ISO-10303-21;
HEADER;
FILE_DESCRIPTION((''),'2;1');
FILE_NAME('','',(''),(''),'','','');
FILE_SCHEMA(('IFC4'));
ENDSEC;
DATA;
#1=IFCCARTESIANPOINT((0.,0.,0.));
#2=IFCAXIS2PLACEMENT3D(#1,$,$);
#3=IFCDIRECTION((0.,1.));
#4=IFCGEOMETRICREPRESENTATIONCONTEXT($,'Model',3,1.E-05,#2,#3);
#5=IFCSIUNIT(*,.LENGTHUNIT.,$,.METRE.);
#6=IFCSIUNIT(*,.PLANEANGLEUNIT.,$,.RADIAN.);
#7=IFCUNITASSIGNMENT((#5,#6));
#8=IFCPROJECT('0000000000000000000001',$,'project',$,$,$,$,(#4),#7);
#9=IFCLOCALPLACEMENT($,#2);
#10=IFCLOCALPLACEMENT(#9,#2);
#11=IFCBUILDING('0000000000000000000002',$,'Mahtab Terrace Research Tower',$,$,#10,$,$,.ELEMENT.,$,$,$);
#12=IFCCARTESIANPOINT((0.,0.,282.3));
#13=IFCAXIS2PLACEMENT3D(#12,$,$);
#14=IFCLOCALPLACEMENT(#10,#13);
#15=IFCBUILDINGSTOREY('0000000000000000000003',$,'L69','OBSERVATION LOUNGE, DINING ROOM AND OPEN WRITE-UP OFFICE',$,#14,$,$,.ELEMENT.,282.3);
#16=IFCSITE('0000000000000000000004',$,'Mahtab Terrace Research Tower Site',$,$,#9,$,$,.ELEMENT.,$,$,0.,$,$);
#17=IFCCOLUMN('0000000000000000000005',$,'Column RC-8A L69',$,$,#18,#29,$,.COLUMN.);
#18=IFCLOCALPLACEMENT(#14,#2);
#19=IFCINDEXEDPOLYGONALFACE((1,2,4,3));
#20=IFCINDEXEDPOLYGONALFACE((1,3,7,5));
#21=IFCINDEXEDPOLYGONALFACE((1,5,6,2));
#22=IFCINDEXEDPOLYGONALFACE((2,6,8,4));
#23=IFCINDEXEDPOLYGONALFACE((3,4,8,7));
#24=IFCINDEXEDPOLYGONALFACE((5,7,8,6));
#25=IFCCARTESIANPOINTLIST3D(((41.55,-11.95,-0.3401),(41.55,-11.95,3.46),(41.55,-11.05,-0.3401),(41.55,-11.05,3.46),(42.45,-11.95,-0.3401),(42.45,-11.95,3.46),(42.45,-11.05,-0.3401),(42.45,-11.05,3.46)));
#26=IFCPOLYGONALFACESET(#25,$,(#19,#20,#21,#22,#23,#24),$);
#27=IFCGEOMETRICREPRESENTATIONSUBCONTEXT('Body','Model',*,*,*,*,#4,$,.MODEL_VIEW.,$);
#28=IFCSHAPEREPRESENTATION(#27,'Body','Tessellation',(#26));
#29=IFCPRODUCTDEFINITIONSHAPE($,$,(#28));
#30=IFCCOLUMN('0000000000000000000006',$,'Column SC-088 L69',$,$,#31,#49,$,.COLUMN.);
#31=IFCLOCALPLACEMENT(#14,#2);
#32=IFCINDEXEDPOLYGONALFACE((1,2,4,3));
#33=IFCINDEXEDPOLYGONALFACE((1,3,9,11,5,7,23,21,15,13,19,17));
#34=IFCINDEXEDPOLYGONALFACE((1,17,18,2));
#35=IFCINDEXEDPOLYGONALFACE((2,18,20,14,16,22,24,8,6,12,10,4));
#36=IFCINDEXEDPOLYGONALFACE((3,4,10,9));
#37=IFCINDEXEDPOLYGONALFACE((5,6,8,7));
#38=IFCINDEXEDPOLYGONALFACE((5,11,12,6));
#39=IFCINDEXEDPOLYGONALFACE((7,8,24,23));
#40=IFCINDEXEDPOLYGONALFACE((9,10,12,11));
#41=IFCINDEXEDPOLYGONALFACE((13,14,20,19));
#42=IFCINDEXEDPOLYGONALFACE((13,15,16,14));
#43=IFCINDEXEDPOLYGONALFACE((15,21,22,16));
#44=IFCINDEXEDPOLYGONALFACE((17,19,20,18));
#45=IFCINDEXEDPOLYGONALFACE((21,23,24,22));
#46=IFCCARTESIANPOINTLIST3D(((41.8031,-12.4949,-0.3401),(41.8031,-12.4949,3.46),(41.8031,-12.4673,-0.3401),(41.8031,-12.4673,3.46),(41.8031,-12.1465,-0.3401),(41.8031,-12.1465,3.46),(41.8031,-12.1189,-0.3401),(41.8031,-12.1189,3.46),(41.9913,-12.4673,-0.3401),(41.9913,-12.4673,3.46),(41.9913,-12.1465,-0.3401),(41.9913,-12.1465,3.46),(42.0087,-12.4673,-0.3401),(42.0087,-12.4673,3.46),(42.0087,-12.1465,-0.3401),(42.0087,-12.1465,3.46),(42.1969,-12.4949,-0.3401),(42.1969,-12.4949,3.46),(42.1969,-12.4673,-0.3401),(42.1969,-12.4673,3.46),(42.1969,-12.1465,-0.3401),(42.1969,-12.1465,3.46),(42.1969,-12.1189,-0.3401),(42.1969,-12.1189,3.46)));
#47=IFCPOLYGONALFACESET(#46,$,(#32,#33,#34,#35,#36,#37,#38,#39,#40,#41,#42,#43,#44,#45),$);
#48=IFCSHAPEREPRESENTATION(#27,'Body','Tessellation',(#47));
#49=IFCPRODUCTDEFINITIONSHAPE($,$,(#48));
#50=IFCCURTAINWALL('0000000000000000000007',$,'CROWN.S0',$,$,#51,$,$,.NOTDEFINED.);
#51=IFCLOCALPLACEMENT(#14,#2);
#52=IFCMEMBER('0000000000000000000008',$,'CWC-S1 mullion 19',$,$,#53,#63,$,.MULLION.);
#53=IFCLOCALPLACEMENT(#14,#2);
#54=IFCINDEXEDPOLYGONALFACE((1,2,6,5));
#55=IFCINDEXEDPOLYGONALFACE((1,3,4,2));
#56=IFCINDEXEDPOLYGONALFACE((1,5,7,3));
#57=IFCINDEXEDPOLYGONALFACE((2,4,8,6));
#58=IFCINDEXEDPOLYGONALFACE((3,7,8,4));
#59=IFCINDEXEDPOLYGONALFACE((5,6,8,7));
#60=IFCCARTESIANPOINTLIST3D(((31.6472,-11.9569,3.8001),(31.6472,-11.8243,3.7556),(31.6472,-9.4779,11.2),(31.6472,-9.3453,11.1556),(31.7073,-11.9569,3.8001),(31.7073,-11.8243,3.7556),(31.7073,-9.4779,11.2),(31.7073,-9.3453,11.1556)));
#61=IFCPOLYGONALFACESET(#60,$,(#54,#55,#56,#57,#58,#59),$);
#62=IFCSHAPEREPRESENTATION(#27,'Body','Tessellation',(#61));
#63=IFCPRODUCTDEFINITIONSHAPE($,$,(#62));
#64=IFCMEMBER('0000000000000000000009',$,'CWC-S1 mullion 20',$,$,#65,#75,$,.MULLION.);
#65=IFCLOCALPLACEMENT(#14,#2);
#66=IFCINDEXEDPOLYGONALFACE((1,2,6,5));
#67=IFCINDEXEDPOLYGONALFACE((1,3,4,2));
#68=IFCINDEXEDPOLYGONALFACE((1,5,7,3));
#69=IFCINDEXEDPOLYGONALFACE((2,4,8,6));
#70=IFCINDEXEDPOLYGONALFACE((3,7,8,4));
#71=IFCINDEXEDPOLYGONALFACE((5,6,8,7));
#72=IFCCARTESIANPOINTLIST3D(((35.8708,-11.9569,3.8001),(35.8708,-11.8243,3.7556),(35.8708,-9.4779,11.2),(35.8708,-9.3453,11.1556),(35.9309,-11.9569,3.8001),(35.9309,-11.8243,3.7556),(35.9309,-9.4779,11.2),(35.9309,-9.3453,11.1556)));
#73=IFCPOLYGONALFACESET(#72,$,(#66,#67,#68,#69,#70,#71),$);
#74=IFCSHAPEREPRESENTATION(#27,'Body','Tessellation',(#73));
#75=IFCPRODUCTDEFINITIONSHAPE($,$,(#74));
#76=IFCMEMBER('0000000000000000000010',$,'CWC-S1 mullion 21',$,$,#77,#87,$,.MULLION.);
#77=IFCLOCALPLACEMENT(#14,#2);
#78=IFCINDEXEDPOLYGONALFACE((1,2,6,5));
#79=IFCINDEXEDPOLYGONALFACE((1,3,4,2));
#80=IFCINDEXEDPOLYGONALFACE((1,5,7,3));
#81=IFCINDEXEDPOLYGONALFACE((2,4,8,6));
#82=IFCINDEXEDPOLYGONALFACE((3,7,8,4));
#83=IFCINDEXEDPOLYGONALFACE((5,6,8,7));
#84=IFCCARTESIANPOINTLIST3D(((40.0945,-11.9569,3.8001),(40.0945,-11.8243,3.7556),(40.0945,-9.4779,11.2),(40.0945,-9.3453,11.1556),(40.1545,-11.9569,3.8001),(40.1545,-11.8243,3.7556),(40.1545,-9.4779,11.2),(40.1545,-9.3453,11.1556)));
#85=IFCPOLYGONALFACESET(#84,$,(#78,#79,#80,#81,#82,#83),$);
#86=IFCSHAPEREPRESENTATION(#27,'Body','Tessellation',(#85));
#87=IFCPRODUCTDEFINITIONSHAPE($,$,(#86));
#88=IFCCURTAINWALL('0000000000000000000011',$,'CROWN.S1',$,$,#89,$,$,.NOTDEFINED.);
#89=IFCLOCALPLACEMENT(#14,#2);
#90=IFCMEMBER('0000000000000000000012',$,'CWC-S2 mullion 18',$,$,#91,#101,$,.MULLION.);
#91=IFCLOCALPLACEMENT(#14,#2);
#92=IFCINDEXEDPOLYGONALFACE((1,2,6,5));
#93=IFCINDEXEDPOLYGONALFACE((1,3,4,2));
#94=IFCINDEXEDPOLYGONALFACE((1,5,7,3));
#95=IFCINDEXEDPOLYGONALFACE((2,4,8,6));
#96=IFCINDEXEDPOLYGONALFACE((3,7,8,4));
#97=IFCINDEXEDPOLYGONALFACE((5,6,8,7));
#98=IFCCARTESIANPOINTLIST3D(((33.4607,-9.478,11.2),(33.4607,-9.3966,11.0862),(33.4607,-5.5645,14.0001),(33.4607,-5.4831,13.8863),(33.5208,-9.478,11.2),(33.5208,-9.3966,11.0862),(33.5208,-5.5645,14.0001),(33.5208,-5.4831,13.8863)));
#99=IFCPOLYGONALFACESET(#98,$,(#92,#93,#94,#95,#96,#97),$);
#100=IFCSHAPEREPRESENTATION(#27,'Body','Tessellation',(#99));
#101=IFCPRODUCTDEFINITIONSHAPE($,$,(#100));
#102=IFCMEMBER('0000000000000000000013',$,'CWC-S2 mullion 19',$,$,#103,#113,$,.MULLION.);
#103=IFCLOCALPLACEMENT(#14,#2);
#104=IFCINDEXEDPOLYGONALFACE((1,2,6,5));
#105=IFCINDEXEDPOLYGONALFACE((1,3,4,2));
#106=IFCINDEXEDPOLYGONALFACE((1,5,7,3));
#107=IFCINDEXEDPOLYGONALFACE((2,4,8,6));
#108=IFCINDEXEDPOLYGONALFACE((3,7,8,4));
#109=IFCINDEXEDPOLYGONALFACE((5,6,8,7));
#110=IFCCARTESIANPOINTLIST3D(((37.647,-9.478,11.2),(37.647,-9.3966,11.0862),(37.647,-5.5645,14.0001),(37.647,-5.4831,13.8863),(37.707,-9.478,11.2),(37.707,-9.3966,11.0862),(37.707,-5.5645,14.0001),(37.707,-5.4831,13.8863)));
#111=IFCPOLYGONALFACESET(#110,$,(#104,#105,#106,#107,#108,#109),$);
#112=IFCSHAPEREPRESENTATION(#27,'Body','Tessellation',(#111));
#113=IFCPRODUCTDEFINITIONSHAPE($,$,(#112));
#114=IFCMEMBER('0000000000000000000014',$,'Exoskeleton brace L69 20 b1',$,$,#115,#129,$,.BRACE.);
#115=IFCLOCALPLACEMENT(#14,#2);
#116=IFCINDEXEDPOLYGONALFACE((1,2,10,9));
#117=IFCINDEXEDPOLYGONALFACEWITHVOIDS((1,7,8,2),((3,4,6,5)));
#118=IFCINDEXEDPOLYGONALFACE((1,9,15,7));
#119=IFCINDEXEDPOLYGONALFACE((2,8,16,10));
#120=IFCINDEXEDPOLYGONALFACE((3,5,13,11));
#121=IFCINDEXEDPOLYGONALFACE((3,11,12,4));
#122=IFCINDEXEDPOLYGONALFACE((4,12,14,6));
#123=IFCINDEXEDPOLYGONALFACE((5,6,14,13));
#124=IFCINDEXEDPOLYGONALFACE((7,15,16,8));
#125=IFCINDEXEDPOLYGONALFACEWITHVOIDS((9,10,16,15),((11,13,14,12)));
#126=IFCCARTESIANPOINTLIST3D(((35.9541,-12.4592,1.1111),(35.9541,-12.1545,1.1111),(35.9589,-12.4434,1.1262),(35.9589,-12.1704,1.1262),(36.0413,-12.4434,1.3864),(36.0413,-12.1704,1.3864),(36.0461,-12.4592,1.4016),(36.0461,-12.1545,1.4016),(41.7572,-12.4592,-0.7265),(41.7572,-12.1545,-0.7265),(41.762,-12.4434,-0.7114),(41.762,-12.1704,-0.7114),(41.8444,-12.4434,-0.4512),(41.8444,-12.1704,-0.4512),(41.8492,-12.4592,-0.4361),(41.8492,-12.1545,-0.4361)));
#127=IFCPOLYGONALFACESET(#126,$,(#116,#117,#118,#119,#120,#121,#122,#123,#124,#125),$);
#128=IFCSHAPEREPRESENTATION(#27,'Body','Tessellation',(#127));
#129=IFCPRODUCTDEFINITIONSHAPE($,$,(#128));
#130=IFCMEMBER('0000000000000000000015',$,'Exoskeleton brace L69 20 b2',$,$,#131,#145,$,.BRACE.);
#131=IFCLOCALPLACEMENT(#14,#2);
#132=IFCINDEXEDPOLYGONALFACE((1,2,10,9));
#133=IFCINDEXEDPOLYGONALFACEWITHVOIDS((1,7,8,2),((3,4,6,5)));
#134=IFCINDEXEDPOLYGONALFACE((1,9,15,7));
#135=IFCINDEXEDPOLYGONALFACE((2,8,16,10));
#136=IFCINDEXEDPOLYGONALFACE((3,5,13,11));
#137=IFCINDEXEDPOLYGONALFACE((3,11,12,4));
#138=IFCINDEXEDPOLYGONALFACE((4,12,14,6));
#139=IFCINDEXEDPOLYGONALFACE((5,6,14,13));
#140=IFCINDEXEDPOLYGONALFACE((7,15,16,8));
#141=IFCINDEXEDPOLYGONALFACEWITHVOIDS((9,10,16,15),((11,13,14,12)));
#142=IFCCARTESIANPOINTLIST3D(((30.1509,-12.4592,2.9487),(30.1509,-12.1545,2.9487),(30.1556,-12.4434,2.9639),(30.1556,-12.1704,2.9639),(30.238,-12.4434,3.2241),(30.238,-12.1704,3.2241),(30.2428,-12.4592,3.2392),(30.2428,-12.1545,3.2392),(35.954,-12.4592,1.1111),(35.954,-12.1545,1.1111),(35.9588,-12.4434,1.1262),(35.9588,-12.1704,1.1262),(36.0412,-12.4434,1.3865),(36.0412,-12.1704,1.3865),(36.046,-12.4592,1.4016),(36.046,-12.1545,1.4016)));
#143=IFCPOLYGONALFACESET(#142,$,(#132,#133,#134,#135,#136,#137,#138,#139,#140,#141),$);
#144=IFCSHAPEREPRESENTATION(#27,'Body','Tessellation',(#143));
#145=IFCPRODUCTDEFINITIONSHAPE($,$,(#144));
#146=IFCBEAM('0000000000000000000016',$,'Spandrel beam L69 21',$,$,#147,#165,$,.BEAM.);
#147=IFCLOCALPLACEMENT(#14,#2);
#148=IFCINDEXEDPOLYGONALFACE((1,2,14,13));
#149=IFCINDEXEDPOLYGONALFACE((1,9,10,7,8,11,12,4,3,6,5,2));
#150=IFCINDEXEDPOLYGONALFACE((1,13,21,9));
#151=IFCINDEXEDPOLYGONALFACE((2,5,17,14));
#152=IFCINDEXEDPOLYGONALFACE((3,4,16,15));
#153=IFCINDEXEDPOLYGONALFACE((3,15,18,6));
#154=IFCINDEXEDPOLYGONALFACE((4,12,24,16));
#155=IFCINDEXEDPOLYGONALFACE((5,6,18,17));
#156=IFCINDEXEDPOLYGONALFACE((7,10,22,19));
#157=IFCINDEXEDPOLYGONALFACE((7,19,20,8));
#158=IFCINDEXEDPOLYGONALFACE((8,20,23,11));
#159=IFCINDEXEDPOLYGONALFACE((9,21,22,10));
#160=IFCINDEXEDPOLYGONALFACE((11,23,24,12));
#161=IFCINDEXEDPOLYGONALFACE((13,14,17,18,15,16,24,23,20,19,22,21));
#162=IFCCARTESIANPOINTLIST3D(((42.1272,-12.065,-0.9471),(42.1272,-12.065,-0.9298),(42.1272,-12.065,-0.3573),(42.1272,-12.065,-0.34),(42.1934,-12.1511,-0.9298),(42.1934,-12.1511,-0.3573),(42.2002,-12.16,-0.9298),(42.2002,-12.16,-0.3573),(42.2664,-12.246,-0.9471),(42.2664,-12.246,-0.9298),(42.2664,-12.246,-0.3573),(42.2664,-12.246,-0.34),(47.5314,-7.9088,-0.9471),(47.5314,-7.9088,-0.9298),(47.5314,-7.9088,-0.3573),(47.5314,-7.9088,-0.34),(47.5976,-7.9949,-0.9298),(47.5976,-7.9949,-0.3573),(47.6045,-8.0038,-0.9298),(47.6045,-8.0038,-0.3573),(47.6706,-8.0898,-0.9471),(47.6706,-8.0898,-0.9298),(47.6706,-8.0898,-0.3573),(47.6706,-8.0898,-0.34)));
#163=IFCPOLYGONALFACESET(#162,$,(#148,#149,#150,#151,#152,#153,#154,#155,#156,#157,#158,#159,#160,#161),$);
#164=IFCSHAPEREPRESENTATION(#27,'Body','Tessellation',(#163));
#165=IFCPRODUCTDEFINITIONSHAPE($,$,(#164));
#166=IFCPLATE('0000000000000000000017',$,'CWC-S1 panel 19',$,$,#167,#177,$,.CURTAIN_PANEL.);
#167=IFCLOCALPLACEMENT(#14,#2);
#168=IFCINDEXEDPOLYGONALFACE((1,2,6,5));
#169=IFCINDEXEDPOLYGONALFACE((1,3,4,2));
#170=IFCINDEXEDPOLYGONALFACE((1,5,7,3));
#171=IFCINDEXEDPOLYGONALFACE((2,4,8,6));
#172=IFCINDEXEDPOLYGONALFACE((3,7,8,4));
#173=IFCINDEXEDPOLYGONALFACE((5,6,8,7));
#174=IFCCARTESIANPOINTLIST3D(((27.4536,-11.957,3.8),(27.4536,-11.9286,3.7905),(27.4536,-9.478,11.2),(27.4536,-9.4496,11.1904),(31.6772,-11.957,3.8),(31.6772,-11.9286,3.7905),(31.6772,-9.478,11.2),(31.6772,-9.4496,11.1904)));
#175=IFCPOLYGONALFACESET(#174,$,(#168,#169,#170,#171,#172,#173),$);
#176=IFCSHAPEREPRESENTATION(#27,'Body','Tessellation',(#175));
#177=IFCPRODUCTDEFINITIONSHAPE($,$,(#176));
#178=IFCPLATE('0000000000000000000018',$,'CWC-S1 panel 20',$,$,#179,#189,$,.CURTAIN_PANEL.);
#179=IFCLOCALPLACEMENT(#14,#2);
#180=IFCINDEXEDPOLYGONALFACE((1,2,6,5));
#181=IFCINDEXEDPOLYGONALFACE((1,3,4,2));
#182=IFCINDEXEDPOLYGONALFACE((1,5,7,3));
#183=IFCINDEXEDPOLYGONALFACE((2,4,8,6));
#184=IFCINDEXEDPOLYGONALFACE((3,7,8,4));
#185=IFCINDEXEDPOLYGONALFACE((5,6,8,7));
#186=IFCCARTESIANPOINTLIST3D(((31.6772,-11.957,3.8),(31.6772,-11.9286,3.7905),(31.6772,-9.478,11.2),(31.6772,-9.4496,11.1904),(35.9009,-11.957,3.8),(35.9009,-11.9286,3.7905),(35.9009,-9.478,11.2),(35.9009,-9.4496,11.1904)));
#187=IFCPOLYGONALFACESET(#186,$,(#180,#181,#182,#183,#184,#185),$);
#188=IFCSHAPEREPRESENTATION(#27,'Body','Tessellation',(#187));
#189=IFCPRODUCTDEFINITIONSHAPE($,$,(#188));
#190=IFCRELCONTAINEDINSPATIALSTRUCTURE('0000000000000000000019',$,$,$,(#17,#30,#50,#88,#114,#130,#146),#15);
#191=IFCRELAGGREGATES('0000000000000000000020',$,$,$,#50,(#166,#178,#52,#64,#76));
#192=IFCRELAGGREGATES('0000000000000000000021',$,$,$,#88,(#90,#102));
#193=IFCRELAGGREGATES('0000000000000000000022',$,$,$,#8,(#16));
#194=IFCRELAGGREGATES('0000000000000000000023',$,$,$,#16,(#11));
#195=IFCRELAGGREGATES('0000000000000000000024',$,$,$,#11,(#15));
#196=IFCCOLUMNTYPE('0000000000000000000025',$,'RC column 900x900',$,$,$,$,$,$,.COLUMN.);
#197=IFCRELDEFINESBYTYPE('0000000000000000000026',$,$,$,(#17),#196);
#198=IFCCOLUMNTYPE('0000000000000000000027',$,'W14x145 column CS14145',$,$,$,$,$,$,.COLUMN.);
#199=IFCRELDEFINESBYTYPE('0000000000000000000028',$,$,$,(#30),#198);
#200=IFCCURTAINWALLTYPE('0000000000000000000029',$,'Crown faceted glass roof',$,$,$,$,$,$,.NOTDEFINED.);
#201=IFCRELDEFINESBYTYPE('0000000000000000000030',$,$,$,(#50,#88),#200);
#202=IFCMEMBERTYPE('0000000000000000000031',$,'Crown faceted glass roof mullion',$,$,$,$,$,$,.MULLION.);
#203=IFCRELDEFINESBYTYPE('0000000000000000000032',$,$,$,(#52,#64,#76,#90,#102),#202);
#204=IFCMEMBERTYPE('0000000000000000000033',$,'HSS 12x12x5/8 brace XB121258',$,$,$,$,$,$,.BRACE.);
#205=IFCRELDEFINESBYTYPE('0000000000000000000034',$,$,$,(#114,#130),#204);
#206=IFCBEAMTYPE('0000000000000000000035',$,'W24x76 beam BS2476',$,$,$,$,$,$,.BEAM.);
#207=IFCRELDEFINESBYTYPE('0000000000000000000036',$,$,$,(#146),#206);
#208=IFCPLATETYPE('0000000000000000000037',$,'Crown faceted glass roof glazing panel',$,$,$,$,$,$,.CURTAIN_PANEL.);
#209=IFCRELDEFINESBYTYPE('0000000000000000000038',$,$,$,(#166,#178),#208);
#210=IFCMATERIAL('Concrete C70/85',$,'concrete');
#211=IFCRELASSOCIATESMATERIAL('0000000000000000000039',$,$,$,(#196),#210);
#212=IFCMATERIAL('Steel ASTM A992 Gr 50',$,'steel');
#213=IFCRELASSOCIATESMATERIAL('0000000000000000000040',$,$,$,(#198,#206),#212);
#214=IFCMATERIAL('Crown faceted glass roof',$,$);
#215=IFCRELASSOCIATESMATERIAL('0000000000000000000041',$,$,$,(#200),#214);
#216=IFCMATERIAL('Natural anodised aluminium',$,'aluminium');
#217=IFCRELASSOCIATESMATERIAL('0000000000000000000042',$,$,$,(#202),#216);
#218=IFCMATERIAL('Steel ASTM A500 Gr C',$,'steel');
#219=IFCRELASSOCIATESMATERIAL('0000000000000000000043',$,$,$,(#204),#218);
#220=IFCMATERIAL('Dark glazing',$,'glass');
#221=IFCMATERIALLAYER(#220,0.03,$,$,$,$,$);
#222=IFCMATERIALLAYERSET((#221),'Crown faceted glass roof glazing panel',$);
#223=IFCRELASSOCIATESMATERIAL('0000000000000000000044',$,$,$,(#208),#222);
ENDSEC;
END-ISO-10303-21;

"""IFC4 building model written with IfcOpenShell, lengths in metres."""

from ifc_helpers import new_model, si_unit, direction, frame, origin, origin_2d, place, context, subcontext, project, spatial, polyline, rectangle, hollow_rectangle, i_section, outline, extrude, material, layer, layer_set, material_profile, profile_set, type_object, element, aggregate, save


model = new_model("IFC4")

# Units and contexts
model_context = context("Model", 3, precision=1e-05, world=origin(), true_north=direction((0.0, 1.0)))
body_context = subcontext(model_context, "Body", "Model", "MODEL_VIEW")
ifc_project = project(units=[si_unit("LENGTHUNIT", "METRE"), si_unit("PLANEANGLEUNIT", "RADIAN")], contexts=[model_context])

# Site, building, storey
site_placement = place(None, origin())
site = spatial("IfcSite", under=ifc_project, at=site_placement, Name="Mahtab Terrace Research Tower Site", CompositionType="ELEMENT", RefElevation=0.0)
building_placement = place(site_placement, origin())
building = spatial("IfcBuilding", under=site, at=building_placement, Name="Mahtab Terrace Research Tower", CompositionType="ELEMENT")
storey_placement = place(building_placement, frame((0.0, 0.0, 282.3)))
storey = spatial("IfcBuildingStorey", under=building, at=storey_placement, Name="L69", Description="OBSERVATION LOUNGE, DINING ROOM AND OPEN WRITE-UP OFFICE", CompositionType="ELEMENT", Elevation=282.3)

# Columns
ifc_material_1 = material(Name="Concrete C70/85", Category="concrete")
ifc_material_profile_1 = material_profile(ifc_material_1, rectangle(XDim=0.8999, YDim=0.8999, at=origin_2d()), Name="RC column 900x900")
ifc_profile_set_1 = profile_set([ifc_material_profile_1], Name="Concrete C70/85")
column_type_1 = type_object("IfcColumnType", Name="RC column 900x900", PredefinedType="COLUMN", material=ifc_profile_set_1)
column_1_placement = place(storey_placement, frame((42.0, -11.5, -0.3401), z_axis=(0.0, 0.0, 1.0), x_axis=(1.0, 0.0, 0.0)))
element("IfcColumn", 1, at=column_1_placement, inside=storey, type_object=column_type_1, Name="Column RC-8A L69", PredefinedType="COLUMN", context=body_context, shape_type="SweptSolid", body=[
    extrude(rectangle(XDim=0.8999, YDim=0.8999, at=origin_2d()), origin(), (0.0, 0.0, 1.0), 3.8),
])
ifc_material_2 = material(Name="Steel ASTM A992 Gr 50", Category="steel")
ifc_material_profile_2 = material_profile(ifc_material_2, i_section(OverallWidth=0.3938, OverallDepth=0.376, WebThickness=0.0173, FlangeThickness=0.0276, at=origin_2d()), Name="W14X145")
ifc_profile_set_2 = profile_set([ifc_material_profile_2], Name="Steel ASTM A992 Gr 50")
column_type_2 = type_object("IfcColumnType", Name="W14x145 column CS14145", PredefinedType="COLUMN", material=ifc_profile_set_2)
column_2_placement = place(storey_placement, frame((42.0, -12.3069, -0.3401), z_axis=(0.0, 0.0, 1.0), x_axis=(1.0, 0.0, 0.0)))
element("IfcColumn", 2, at=column_2_placement, inside=storey, type_object=column_type_2, Name="Column SC-088 L69", PredefinedType="COLUMN", context=body_context, shape_type="SweptSolid", body=[
    extrude(i_section(OverallWidth=0.3938, OverallDepth=0.376, WebThickness=0.0173, FlangeThickness=0.0276, at=origin_2d()), origin(), (0.0, 0.0, 1.0), 3.8),
])

# Curtain walls, members
ifc_material_3 = material(Name="Crown faceted glass roof")
curtain_wall_type = type_object("IfcCurtainWallType", Name="Crown faceted glass roof", PredefinedType="NOTDEFINED", material=ifc_material_3)
curtain_wall_1_placement = place(storey_placement, origin())
curtain_wall_1 = element("IfcCurtainWall", 3, at=curtain_wall_1_placement, inside=storey, type_object=curtain_wall_type, Name="CROWN.S0", PredefinedType="NOTDEFINED")
ifc_material_4 = material(Name="Natural anodised aluminium", Category="aluminium")
ifc_material_profile_3 = material_profile(ifc_material_4, rectangle(XDim=0.0601, YDim=0.1399, at=origin_2d()), Name="MULLION 60x140")
ifc_profile_set_3 = profile_set([ifc_material_profile_3], Name="Natural anodised aluminium")
member_type_1 = type_object("IfcMemberType", Name="Crown faceted glass roof mullion", PredefinedType="MULLION", material=ifc_profile_set_3)
member_1_placement = place(storey_placement, frame((31.6772, -11.8906, 3.7778), z_axis=(0.0, 0.317654, 0.948207), x_axis=(-1.0, 0.0, 0.0)))
member_1 = element("IfcMember", 4, at=member_1_placement, type_object=member_type_1, Name="CWC-S1 mullion 19", PredefinedType="MULLION", context=body_context, shape_type="SweptSolid", body=[
    extrude(rectangle(XDim=0.0601, YDim=0.1399, at=origin_2d()), origin(), (0.0, 0.0, 1.0), 7.8042),
])
member_2_placement = place(storey_placement, frame((35.9009, -11.8906, 3.7778), z_axis=(0.0, 0.317654, 0.948207), x_axis=(-1.0, 0.0, 0.0)))
member_2 = element("IfcMember", 5, at=member_2_placement, type_object=member_type_1, Name="CWC-S1 mullion 20", PredefinedType="MULLION", context=body_context, shape_type="SweptSolid", body=[
    extrude(rectangle(XDim=0.0601, YDim=0.1399, at=origin_2d()), origin(), (0.0, 0.0, 1.0), 7.8042),
])
member_3_placement = place(storey_placement, frame((40.1245, -11.8906, 3.7778), z_axis=(0.0, 0.317654, 0.948207), x_axis=(-1.0, 0.0, 0.0)))
member_3 = element("IfcMember", 6, at=member_3_placement, type_object=member_type_1, Name="CWC-S1 mullion 21", PredefinedType="MULLION", context=body_context, shape_type="SweptSolid", body=[
    extrude(rectangle(XDim=0.0601, YDim=0.1399, at=origin_2d()), origin(), (0.0, 0.0, 1.0), 7.8042),
])
curtain_wall_2_placement = place(storey_placement, origin())
curtain_wall_2 = element("IfcCurtainWall", 7, at=curtain_wall_2_placement, inside=storey, type_object=curtain_wall_type, Name="CROWN.S1", PredefinedType="NOTDEFINED")
member_4_placement = place(storey_placement, frame((33.4907, -9.4373, 11.1431), z_axis=(0.0, 0.81326, 0.5819), x_axis=(-1.0, 0.0, 0.0)))
member_4 = element("IfcMember", 8, at=member_4_placement, type_object=member_type_1, Name="CWC-S2 mullion 18", PredefinedType="MULLION", context=body_context, shape_type="SweptSolid", body=[
    extrude(rectangle(XDim=0.0601, YDim=0.1399, at=origin_2d()), origin(), (0.0, 0.0, 1.0), 4.812),
])
member_5_placement = place(storey_placement, frame((37.677, -9.4373, 11.1431), z_axis=(0.0, 0.81326, 0.5819), x_axis=(-1.0, 0.0, 0.0)))
member_5 = element("IfcMember", 9, at=member_5_placement, type_object=member_type_1, Name="CWC-S2 mullion 19", PredefinedType="MULLION", context=body_context, shape_type="SweptSolid", body=[
    extrude(rectangle(XDim=0.0601, YDim=0.1399, at=origin_2d()), origin(), (0.0, 0.0, 1.0), 4.812),
])

# Members
ifc_material_5 = material(Name="Steel ASTM A500 Gr C", Category="steel")
ifc_material_profile_4 = material_profile(ifc_material_5, hollow_rectangle(XDim=0.3047, YDim=0.3047, WallThickness=0.0159, at=origin_2d()), Name="HSS12X12X5/8")
ifc_profile_set_4 = profile_set([ifc_material_profile_4], Name="Steel ASTM A500 Gr C")
member_type_2 = type_object("IfcMemberType", Name="HSS 12x12x5/8 brace XB121258", PredefinedType="BRACE", material=ifc_profile_set_4)
for number, where, z_axis, x_axis, name in (
    (10, (41.8032, -12.3069, -0.5813), (-0.953344, 0.0, 0.301886), (0.0, -1.0, 0.0), "Exoskeleton brace L69 20 b1"),
    (11, (36.0, -12.3069, 1.2563), (-0.953344, 0.0, 0.301886), (0.0, -1.0, 0.0), "Exoskeleton brace L69 20 b2"),
):
    element("IfcMember", number, at=place(storey_placement, frame(where, z_axis=z_axis, x_axis=x_axis)), inside=storey, type_object=member_type_2, Name=name, PredefinedType="BRACE", context=body_context, shape_type="SweptSolid", body=[
        extrude(hollow_rectangle(XDim=0.3047, YDim=0.3047, WallThickness=0.0159, at=origin_2d()), origin(), (0.0, 0.0, 1.0), 6.0872),
    ])

# Beam
ifc_material_profile_5 = material_profile(ifc_material_2, i_section(OverallWidth=0.2283, OverallDepth=0.6072, WebThickness=0.0112, FlangeThickness=0.0173, at=origin_2d()), Name="W24X76")
ifc_profile_set_5 = profile_set([ifc_material_profile_5], Name="Steel ASTM A992 Gr 50")
beam_type = type_object("IfcBeamType", Name="W24x76 beam BS2476", PredefinedType="BEAM", material=ifc_profile_set_5)
beam_placement = place(storey_placement, frame((42.1968, -12.1555, -0.6436), z_axis=(0.792688, 0.609628, 0.0), x_axis=(-0.609628, 0.792688, 0.0)))
element("IfcBeam", 12, at=beam_placement, inside=storey, type_object=beam_type, Name="Spandrel beam L69 21", PredefinedType="BEAM", context=body_context, shape_type="SweptSolid", body=[
    extrude(i_section(OverallWidth=0.2283, OverallDepth=0.6072, WebThickness=0.0112, FlangeThickness=0.0173, at=origin_2d()), origin(), (0.0, 0.0, 1.0), 6.8176),
])

# Plates
ifc_material_6 = material(Name="Dark glazing", Category="glass")
ifc_layer_1 = layer(ifc_material_6, 0.03)
ifc_layer_set_1 = layer_set([ifc_layer_1], Name="Crown faceted glass roof glazing panel")
plate_type = type_object("IfcPlateType", Name="Crown faceted glass roof glazing panel", PredefinedType="CURTAIN_PANEL", material=ifc_layer_set_1)
plate_1_placement = place(storey_placement, frame((31.6772, -11.957, 3.8), z_axis=(0.0, -0.948207, 0.317654), x_axis=(0.0, 0.317654, 0.948207)))
plate_1 = element("IfcPlate", 13, at=plate_1_placement, type_object=plate_type, Name="CWC-S1 panel 19", PredefinedType="CURTAIN_PANEL", context=body_context, shape_type="SweptSolid", body=[
    extrude(outline(polyline([(0.0, 0.0), (7.8041, 0.0), (7.8041, 4.2236), (0.0, 4.2236), (0.0, 0.0)])), origin(), (0.0, 0.0, -1.0), 0.03),
])
plate_2_placement = place(storey_placement, frame((35.9009, -11.957, 3.8), z_axis=(0.0, -0.948207, 0.317654), x_axis=(0.0, 0.317654, 0.948207)))
plate_2 = element("IfcPlate", 14, at=plate_2_placement, type_object=plate_type, Name="CWC-S1 panel 20", PredefinedType="CURTAIN_PANEL", context=body_context, shape_type="SweptSolid", body=[
    extrude(outline(polyline([(0.0, 0.0), (7.8041, 0.0), (7.8041, 4.2236), (0.0, 4.2236), (0.0, 0.0)])), origin(), (0.0, 0.0, -1.0), 0.03),
])
aggregate(curtain_wall_1, [plate_1, plate_2, member_1, member_2, member_3])
aggregate(curtain_wall_2, [member_4, member_5])

save(model, "model.ifc")
